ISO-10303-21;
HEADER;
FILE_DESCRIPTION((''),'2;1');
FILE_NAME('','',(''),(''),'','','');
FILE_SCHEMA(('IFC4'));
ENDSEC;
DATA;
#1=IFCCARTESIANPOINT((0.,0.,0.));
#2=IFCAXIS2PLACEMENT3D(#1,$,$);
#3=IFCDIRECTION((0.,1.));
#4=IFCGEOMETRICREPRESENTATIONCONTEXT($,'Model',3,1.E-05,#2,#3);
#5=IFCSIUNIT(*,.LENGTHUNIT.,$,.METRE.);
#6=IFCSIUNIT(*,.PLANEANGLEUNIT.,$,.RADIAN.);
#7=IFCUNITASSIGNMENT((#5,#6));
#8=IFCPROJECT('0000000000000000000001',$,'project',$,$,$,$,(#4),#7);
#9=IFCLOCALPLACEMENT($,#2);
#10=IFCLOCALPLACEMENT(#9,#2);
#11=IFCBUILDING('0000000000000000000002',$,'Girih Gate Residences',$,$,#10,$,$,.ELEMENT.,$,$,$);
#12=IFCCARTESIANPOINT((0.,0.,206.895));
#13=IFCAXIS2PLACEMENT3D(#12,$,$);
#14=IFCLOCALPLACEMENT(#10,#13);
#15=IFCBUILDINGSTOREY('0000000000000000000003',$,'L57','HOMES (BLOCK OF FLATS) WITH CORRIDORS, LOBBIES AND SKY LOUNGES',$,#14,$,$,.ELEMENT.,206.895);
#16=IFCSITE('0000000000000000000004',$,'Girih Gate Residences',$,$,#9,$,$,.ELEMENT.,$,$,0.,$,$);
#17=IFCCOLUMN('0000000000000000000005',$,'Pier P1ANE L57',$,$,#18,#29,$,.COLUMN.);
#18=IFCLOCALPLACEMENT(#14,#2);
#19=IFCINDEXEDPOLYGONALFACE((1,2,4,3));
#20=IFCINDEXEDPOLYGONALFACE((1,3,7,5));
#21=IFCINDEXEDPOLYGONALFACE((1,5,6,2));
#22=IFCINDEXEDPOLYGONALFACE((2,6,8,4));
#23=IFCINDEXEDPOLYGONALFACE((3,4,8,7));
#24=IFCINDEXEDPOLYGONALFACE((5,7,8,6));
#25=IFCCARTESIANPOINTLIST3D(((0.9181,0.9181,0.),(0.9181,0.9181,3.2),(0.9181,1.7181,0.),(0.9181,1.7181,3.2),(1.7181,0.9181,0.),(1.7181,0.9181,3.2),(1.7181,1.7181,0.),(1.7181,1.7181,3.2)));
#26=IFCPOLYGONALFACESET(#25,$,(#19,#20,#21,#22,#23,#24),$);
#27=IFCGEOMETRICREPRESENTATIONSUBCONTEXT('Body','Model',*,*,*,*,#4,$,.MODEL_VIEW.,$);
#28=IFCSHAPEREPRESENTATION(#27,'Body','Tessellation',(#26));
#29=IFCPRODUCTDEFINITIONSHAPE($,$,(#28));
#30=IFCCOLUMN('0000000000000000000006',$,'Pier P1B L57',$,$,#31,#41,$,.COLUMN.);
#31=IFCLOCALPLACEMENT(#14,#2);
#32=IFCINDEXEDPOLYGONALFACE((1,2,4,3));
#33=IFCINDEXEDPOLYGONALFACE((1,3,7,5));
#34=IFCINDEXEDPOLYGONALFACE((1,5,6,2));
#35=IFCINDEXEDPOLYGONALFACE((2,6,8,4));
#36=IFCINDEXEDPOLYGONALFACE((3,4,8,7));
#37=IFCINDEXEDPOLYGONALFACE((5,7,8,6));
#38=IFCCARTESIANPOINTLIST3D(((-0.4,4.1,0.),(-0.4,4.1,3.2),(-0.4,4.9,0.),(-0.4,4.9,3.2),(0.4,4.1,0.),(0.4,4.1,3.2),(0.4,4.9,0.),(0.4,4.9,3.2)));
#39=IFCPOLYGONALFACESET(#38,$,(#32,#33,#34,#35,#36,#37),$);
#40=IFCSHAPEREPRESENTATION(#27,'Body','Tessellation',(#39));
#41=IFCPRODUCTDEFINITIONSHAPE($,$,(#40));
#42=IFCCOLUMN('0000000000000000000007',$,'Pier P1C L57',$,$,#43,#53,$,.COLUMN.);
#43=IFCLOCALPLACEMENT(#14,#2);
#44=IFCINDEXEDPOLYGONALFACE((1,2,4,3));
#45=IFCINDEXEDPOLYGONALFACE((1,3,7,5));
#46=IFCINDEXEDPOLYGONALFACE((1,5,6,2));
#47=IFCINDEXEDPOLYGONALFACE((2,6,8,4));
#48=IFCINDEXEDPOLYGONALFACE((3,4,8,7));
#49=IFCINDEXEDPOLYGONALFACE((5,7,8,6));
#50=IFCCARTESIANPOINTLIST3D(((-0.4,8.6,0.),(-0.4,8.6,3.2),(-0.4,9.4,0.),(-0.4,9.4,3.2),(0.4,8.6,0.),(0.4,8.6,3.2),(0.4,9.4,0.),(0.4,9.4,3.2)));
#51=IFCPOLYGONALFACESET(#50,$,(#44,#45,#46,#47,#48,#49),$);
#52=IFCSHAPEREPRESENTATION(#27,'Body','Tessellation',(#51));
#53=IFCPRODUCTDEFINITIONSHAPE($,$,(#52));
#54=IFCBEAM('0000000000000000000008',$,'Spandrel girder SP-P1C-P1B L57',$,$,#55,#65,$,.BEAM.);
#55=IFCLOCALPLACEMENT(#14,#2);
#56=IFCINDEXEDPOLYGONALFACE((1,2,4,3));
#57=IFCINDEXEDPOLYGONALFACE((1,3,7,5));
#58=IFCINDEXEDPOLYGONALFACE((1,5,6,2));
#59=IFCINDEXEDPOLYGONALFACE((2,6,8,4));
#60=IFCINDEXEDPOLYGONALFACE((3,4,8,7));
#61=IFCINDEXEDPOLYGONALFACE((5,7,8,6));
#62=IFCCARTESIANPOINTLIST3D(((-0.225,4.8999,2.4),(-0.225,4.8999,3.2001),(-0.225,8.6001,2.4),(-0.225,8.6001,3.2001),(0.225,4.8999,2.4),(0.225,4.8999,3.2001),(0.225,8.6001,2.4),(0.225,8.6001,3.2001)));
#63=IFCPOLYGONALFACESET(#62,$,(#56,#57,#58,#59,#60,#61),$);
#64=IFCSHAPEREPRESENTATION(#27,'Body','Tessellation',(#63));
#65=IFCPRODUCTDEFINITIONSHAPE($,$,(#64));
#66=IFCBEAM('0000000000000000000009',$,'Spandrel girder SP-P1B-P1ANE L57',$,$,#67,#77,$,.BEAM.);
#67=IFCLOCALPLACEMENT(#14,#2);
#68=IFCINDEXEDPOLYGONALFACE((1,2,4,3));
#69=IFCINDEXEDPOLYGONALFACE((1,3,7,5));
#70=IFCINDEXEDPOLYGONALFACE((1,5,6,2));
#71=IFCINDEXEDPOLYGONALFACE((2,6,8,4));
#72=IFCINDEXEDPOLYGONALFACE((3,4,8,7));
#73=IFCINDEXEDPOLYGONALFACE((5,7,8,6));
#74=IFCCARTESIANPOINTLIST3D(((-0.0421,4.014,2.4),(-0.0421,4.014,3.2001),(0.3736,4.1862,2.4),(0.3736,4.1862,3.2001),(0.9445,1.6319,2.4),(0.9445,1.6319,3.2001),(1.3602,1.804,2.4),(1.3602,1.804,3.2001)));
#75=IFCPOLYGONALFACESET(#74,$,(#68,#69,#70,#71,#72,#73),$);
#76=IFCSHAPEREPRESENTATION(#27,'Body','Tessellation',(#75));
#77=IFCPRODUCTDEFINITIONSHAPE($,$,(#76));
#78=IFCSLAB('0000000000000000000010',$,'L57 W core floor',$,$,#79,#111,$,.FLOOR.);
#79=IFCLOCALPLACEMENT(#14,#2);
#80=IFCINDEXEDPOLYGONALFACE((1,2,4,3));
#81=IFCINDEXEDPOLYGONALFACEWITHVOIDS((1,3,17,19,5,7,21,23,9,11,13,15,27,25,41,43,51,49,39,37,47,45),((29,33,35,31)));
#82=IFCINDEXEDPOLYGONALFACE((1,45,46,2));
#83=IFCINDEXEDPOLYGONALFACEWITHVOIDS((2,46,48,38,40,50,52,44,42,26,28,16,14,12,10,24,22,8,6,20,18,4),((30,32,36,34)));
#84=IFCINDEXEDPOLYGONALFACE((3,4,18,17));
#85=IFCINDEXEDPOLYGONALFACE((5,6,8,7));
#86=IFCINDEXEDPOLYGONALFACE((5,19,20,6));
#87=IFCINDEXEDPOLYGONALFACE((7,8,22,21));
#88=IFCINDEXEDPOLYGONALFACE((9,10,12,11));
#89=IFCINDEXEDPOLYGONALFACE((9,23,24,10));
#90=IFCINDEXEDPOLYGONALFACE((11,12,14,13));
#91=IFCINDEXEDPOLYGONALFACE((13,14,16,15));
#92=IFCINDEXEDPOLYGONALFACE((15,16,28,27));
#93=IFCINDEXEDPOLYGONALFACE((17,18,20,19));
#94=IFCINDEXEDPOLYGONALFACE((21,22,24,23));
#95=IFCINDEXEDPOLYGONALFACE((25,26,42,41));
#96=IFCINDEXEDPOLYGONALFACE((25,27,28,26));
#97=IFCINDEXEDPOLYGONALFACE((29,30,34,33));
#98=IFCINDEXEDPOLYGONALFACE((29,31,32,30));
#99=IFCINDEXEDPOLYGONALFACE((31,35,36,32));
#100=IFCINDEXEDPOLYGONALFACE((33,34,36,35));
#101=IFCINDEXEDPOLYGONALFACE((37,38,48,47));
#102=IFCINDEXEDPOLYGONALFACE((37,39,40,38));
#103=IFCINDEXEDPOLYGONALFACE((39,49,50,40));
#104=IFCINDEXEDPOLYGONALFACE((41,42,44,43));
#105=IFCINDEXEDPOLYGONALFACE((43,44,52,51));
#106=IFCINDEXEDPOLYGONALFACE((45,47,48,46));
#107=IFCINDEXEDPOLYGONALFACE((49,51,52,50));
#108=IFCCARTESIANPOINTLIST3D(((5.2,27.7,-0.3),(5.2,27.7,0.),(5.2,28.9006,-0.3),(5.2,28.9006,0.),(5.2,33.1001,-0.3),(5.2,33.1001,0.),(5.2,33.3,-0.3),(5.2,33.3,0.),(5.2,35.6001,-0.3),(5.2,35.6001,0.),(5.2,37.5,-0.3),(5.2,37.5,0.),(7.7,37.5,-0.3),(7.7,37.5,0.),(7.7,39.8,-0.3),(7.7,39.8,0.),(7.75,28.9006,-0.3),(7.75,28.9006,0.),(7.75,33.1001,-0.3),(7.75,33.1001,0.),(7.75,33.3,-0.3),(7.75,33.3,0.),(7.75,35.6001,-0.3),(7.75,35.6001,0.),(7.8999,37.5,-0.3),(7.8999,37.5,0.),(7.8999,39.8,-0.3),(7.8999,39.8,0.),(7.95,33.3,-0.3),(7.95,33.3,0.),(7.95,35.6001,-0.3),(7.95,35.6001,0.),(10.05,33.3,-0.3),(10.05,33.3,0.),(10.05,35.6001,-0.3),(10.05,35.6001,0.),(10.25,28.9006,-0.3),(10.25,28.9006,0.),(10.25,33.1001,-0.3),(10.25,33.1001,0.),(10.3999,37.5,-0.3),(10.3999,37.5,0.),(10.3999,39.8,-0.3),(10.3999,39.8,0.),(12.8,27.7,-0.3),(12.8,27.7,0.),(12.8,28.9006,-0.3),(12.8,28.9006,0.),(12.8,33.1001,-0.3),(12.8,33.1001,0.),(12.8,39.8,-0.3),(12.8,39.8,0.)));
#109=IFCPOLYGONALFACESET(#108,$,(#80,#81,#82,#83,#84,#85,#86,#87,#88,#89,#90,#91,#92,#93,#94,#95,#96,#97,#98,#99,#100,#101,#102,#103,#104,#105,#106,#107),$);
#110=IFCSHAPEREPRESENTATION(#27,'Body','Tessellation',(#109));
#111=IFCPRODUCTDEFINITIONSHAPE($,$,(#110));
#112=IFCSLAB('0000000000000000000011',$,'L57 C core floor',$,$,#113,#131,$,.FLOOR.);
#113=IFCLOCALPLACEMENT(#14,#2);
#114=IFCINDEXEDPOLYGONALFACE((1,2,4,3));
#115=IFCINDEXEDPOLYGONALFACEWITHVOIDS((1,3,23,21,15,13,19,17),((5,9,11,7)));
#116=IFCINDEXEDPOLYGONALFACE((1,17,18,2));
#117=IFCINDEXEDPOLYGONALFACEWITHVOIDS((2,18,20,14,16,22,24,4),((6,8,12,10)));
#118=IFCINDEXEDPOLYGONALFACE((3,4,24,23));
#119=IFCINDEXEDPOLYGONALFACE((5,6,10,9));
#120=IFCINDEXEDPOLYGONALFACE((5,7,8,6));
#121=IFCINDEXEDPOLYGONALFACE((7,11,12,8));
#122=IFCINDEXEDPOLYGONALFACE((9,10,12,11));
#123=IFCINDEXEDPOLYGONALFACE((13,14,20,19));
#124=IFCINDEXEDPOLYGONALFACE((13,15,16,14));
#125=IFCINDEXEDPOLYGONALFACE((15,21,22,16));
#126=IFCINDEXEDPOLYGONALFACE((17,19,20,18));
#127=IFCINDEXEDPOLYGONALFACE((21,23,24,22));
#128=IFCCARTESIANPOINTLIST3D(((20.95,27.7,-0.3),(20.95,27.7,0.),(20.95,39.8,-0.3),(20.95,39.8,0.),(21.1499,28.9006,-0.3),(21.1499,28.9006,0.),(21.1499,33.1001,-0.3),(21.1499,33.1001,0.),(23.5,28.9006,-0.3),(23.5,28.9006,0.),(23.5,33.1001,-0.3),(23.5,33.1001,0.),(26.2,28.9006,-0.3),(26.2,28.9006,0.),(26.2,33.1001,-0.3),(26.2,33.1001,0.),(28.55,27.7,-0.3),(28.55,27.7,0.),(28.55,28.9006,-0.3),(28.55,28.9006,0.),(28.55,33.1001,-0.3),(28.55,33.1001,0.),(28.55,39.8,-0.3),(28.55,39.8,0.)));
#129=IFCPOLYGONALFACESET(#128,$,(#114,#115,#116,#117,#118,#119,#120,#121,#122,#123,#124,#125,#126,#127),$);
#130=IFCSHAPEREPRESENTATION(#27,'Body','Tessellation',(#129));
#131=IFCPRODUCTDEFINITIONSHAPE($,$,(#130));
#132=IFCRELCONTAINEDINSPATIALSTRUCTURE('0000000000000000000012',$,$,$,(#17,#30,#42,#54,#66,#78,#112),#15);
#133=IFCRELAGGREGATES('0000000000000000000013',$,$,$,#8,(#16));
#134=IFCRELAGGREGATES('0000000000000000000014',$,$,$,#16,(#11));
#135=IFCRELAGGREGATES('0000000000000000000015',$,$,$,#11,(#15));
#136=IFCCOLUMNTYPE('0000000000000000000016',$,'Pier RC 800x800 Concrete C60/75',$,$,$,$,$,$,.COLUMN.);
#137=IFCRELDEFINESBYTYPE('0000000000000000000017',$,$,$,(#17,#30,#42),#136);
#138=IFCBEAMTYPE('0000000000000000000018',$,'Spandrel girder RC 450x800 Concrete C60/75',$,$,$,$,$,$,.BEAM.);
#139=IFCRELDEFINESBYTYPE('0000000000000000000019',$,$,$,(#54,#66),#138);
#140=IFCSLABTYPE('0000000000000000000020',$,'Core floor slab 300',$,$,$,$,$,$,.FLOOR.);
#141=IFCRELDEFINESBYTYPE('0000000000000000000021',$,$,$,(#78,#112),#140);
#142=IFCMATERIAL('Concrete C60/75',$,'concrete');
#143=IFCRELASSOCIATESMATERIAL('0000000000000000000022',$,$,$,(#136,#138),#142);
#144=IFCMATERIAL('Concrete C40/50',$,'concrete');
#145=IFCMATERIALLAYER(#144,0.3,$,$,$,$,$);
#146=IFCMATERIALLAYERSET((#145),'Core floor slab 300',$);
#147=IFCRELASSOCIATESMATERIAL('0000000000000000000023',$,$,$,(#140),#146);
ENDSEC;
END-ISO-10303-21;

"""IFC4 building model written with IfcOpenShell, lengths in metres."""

from ifc_helpers import new_model, si_unit, direction, frame, origin, origin_2d, place, context, subcontext, project, spatial, polyline, rectangle, outline, extrude, material, layer, layer_set, material_profile, profile_set, type_object, element, save


model = new_model("IFC4")

# Units and contexts
model_context = context("Model", 3, precision=1e-05, world=origin(), true_north=direction((0.0, 1.0)))
body_context = subcontext(model_context, "Body", "Model", "MODEL_VIEW")
ifc_project = project(units=[si_unit("LENGTHUNIT", "METRE"), si_unit("PLANEANGLEUNIT", "RADIAN")], contexts=[model_context])

# Site, building, storey
site_placement = place(None, origin())
site = spatial("IfcSite", under=ifc_project, at=site_placement, Name="Girih Gate Residences", CompositionType="ELEMENT", RefElevation=0.0)
building_placement = place(site_placement, origin())
building = spatial("IfcBuilding", under=site, at=building_placement, Name="Girih Gate Residences", CompositionType="ELEMENT")
storey_placement = place(building_placement, frame((0.0, 0.0, 206.895)))
storey = spatial("IfcBuildingStorey", under=building, at=storey_placement, Name="L57", Description="HOMES (BLOCK OF FLATS) WITH CORRIDORS, LOBBIES AND SKY LOUNGES", CompositionType="ELEMENT", Elevation=206.895)

# Columns
ifc_material_1 = material(Name="Concrete C60/75", Category="concrete")
ifc_material_profile_1 = material_profile(ifc_material_1, rectangle(XDim=0.8, YDim=0.8, at=origin_2d()))
ifc_profile_set_1 = profile_set([ifc_material_profile_1], Name="Concrete C60/75")
column_type = type_object("IfcColumnType", Name="Pier RC 800x800 Concrete C60/75", PredefinedType="COLUMN", material=ifc_profile_set_1)
for number, where, z_axis, x_axis, name in (
    (1, (1.3181, 1.3181, 0.0), (0.0, 0.0, 1.0), (1.0, 0.0, 0.0), "Pier P1ANE L57"),
    (2, (0.0, 4.5, 0.0), (0.0, 0.0, 1.0), (1.0, 0.0, 0.0), "Pier P1B L57"),
    (3, (0.0, 9.0, 0.0), (0.0, 0.0, 1.0), (1.0, 0.0, 0.0), "Pier P1C L57"),
):
    element("IfcColumn", number, at=place(storey_placement, frame(where, z_axis=z_axis, x_axis=x_axis)), inside=storey, type_object=column_type, Name=name, PredefinedType="COLUMN", context=body_context, shape_type="SweptSolid", body=[
        extrude(rectangle(XDim=0.8, YDim=0.8, at=origin_2d()), origin(), (0.0, 0.0, 1.0), 3.2),
    ])

# Beams
ifc_material_profile_2 = material_profile(ifc_material_1, rectangle(XDim=0.45, YDim=0.8, at=origin_2d()))
ifc_profile_set_2 = profile_set([ifc_material_profile_2], Name="Concrete C60/75")
beam_type = type_object("IfcBeamType", Name="Spandrel girder RC 450x800 Concrete C60/75", PredefinedType="BEAM", material=ifc_profile_set_2)
beam_1_placement = place(storey_placement, frame((0.0, 8.6001, 2.8), z_axis=(0.0, -1.0, 0.0), x_axis=(1.0, 0.0, 0.0)))
element("IfcBeam", 4, at=beam_1_placement, inside=storey, type_object=beam_type, Name="Spandrel girder SP-P1C-P1B L57", PredefinedType="BEAM", context=body_context, shape_type="SweptSolid", body=[
    extrude(rectangle(XDim=0.45, YDim=0.8, at=origin_2d()), origin(), (0.0, 0.0, 1.0), 3.7002),
])
beam_2_placement = place(storey_placement, frame((0.1658, 4.1001, 2.8), z_axis=(0.382644, -0.923896, 0.0), x_axis=(0.923896, 0.382644, 0.0)))
element("IfcBeam", 5, at=beam_2_placement, inside=storey, type_object=beam_type, Name="Spandrel girder SP-P1B-P1ANE L57", PredefinedType="BEAM", context=body_context, shape_type="SweptSolid", body=[
    extrude(rectangle(XDim=0.45, YDim=0.8, at=origin_2d()), origin(), (0.0, 0.0, 1.0), 2.5784),
])

# Slabs
ifc_material_2 = material(Name="Concrete C40/50", Category="concrete")
ifc_layer_1 = layer(ifc_material_2, 0.3)
ifc_layer_set_1 = layer_set([ifc_layer_1], Name="Core floor slab 300")
slab_type_1 = type_object("IfcSlabType", Name="Core floor slab 300", PredefinedType="FLOOR", material=ifc_layer_set_1)
slab_1_placement = place(storey_placement, frame((0.0, 0.0, -0.3)))
element("IfcSlab", 6, at=slab_1_placement, inside=storey, type_object=slab_type_1, Name="L57 W core floor", PredefinedType="FLOOR", context=body_context, shape_type="SweptSolid", body=[
    extrude(outline(polyline([(12.8, 27.7), (5.2, 27.7), (5.2, 28.9006), (7.75, 28.9006), (7.75, 33.1001), (5.2, 33.1001), (5.2, 33.3), (7.75, 33.3), (7.75, 35.6001), (5.2, 35.6001), (5.2, 37.5), (7.7, 37.5), (7.7, 39.8), (7.8999, 39.8), (7.8999, 37.5), (10.3999, 37.5), (10.3999, 39.8), (12.8, 39.8), (12.8, 33.1001), (10.25, 33.1001), (10.25, 28.9006), (12.8, 28.9006), (12.8, 27.7)]), holes=[polyline([(7.95, 33.3), (10.05, 33.3), (10.05, 35.6001), (7.95, 35.6001), (7.95, 33.3)])]), origin(), (0.0, 0.0, 1.0), 0.3),
])
slab_2_placement = place(storey_placement, frame((0.0, 0.0, -0.3)))
element("IfcSlab", 7, at=slab_2_placement, inside=storey, type_object=slab_type_1, Name="L57 C core floor", PredefinedType="FLOOR", context=body_context, shape_type="SweptSolid", body=[
    extrude(outline(polyline([(28.55, 27.7), (20.95, 27.7), (20.95, 39.8), (28.55, 39.8), (28.55, 33.1001), (26.2, 33.1001), (26.2, 28.9006), (28.55, 28.9006), (28.55, 27.7)]), holes=[polyline([(23.5, 28.9006), (23.5, 33.1001), (21.1499, 33.1001), (21.1499, 28.9006), (23.5, 28.9006)])]), origin(), (0.0, 0.0, 1.0), 0.3),
])

save(model, "model.ifc")
